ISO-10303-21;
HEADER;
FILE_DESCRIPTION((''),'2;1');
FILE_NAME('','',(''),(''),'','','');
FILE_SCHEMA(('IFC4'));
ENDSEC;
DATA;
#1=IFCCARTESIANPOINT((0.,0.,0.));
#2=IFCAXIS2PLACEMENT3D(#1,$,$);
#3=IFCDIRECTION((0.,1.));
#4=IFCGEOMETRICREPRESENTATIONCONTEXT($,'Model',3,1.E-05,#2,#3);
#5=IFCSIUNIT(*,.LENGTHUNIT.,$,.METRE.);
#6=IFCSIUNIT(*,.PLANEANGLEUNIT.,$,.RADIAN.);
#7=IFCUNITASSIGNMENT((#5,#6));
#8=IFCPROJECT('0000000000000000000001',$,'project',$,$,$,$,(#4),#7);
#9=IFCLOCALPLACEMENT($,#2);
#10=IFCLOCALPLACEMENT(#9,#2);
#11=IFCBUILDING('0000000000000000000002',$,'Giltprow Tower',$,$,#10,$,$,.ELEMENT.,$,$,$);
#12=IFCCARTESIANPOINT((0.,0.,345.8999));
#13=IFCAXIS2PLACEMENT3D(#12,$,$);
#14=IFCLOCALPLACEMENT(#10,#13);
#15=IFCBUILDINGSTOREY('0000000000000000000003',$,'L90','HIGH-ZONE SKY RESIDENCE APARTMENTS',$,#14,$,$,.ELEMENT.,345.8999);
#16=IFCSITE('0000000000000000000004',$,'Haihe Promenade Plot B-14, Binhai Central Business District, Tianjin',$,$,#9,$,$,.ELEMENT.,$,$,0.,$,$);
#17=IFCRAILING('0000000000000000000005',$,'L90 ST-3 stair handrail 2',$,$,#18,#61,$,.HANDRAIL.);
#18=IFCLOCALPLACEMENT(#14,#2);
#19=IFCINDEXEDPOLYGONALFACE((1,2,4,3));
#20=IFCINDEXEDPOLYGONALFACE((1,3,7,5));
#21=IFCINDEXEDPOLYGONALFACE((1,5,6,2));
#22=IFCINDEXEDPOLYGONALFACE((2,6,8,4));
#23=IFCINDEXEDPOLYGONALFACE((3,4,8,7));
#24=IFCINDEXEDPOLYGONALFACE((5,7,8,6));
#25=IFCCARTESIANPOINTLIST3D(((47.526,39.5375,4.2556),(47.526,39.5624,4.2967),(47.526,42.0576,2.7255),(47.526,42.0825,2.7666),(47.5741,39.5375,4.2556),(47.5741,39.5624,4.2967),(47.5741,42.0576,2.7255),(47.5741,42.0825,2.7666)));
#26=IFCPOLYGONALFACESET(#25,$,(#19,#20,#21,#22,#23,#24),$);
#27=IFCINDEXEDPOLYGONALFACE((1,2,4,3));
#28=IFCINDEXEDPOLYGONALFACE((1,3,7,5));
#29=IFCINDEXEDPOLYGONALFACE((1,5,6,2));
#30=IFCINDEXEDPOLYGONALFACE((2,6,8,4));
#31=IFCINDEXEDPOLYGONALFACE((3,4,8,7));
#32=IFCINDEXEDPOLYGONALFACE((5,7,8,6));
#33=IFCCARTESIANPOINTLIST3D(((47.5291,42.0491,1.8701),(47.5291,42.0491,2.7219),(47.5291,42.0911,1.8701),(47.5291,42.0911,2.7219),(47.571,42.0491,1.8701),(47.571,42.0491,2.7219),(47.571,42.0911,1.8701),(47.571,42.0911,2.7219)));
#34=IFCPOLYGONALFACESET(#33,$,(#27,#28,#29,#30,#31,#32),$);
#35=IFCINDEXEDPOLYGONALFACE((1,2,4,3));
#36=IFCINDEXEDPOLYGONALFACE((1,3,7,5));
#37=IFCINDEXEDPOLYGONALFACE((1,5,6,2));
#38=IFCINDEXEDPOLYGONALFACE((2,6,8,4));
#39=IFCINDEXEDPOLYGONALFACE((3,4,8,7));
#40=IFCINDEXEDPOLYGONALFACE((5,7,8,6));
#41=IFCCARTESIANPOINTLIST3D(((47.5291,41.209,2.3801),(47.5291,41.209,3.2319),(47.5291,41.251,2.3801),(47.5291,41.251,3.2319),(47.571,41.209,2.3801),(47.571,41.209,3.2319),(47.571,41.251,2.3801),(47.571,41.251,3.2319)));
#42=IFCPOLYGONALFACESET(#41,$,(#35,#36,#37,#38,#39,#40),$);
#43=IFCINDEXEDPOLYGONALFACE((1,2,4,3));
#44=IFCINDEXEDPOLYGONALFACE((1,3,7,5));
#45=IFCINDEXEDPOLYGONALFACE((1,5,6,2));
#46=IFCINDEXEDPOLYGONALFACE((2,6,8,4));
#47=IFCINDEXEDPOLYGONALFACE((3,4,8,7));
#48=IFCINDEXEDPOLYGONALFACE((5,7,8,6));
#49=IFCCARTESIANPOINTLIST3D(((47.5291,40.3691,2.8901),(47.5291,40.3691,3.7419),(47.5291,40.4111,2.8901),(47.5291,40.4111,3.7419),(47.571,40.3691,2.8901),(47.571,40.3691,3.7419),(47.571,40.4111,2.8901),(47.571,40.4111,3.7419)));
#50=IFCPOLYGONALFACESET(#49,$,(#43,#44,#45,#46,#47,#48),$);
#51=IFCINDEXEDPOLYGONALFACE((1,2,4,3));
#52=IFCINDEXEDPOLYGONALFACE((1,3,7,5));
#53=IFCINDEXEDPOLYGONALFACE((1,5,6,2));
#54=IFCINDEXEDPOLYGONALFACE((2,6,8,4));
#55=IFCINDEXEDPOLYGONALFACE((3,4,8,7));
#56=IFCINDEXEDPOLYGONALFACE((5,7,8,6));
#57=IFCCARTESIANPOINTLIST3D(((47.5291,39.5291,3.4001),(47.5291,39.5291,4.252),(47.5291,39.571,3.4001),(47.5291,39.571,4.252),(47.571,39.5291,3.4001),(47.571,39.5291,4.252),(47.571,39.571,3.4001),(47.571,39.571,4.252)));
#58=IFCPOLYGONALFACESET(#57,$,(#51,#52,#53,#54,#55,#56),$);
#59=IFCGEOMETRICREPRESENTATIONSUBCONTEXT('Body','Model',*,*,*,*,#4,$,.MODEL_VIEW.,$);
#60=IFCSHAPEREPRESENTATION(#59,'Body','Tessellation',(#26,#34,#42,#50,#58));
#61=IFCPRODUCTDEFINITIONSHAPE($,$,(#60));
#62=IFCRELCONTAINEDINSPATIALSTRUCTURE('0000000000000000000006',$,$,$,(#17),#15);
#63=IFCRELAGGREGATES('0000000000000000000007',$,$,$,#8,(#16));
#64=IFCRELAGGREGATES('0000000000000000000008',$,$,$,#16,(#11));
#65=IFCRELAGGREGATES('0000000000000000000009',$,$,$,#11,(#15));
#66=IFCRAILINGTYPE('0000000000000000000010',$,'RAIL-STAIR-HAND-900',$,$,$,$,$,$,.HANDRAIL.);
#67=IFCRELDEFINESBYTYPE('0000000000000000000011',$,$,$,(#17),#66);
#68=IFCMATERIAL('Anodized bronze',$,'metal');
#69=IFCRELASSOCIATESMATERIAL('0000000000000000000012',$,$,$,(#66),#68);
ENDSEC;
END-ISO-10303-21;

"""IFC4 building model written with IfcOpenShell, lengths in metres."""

from ifc_helpers import new_model, si_unit, direction, frame, origin, origin_2d, place, context, subcontext, project, spatial, rectangle, extrude, material, type_object, element, save


model = new_model("IFC4")

# Units and contexts
model_context = context("Model", 3, precision=1e-05, world=origin(), true_north=direction((0.0, 1.0)))
body_context = subcontext(model_context, "Body", "Model", "MODEL_VIEW")
ifc_project = project(units=[si_unit("LENGTHUNIT", "METRE"), si_unit("PLANEANGLEUNIT", "RADIAN")], contexts=[model_context])

# Site, building, storey
site_placement = place(None, origin())
site = spatial("IfcSite", under=ifc_project, at=site_placement, Name="Haihe Promenade Plot B-14, Binhai Central Business District, Tianjin", CompositionType="ELEMENT", RefElevation=0.0)
building_placement = place(site_placement, origin())
building = spatial("IfcBuilding", under=site, at=building_placement, Name="Giltprow Tower", CompositionType="ELEMENT")
storey_placement = place(building_placement, frame((0.0, 0.0, 345.8999)))
storey = spatial("IfcBuildingStorey", under=building, at=storey_placement, Name="L90", Description="HIGH-ZONE SKY RESIDENCE APARTMENTS", CompositionType="ELEMENT", Elevation=345.8999)

# Railing
ifc_material_1 = material(Name="Anodized bronze", Category="metal")
railing_type_1 = type_object("IfcRailingType", Name="RAIL-STAIR-HAND-900", PredefinedType="HANDRAIL", material=ifc_material_1)
railing_1_placement = place(storey_placement, frame((47.55, 42.0701, 1.8701)))
element("IfcRailing", 1, at=railing_1_placement, inside=storey, type_object=railing_type_1, Name="L90 ST-3 stair handrail 2", PredefinedType="HANDRAIL", context=body_context, shape_type="SweptSolid", body=[
    extrude(rectangle(XDim=0.0481, YDim=0.0481, at=origin_2d()), frame((0.0, 0.0, 0.876), z_axis=(0.0, -0.854785, 0.518982), x_axis=(1.0, 0.0, 0.0)), (0.0, 0.0, 1.0), 2.9482),
    extrude(rectangle(XDim=0.042, YDim=0.042, at=origin_2d()), origin(), (0.0, 0.0, 1.0), 0.8518),
    extrude(rectangle(XDim=0.042, YDim=0.042, at=origin_2d()), frame((0.0, -0.8401, 0.51)), (0.0, 0.0, 1.0), 0.8518),
    extrude(rectangle(XDim=0.042, YDim=0.042, at=origin_2d()), frame((0.0, -1.6799, 1.02)), (0.0, 0.0, 1.0), 0.8518),
    extrude(rectangle(XDim=0.042, YDim=0.042, at=origin_2d()), frame((0.0, -2.52, 1.53)), (0.0, 0.0, 1.0), 0.8518),
])

save(model, "model.ifc")
